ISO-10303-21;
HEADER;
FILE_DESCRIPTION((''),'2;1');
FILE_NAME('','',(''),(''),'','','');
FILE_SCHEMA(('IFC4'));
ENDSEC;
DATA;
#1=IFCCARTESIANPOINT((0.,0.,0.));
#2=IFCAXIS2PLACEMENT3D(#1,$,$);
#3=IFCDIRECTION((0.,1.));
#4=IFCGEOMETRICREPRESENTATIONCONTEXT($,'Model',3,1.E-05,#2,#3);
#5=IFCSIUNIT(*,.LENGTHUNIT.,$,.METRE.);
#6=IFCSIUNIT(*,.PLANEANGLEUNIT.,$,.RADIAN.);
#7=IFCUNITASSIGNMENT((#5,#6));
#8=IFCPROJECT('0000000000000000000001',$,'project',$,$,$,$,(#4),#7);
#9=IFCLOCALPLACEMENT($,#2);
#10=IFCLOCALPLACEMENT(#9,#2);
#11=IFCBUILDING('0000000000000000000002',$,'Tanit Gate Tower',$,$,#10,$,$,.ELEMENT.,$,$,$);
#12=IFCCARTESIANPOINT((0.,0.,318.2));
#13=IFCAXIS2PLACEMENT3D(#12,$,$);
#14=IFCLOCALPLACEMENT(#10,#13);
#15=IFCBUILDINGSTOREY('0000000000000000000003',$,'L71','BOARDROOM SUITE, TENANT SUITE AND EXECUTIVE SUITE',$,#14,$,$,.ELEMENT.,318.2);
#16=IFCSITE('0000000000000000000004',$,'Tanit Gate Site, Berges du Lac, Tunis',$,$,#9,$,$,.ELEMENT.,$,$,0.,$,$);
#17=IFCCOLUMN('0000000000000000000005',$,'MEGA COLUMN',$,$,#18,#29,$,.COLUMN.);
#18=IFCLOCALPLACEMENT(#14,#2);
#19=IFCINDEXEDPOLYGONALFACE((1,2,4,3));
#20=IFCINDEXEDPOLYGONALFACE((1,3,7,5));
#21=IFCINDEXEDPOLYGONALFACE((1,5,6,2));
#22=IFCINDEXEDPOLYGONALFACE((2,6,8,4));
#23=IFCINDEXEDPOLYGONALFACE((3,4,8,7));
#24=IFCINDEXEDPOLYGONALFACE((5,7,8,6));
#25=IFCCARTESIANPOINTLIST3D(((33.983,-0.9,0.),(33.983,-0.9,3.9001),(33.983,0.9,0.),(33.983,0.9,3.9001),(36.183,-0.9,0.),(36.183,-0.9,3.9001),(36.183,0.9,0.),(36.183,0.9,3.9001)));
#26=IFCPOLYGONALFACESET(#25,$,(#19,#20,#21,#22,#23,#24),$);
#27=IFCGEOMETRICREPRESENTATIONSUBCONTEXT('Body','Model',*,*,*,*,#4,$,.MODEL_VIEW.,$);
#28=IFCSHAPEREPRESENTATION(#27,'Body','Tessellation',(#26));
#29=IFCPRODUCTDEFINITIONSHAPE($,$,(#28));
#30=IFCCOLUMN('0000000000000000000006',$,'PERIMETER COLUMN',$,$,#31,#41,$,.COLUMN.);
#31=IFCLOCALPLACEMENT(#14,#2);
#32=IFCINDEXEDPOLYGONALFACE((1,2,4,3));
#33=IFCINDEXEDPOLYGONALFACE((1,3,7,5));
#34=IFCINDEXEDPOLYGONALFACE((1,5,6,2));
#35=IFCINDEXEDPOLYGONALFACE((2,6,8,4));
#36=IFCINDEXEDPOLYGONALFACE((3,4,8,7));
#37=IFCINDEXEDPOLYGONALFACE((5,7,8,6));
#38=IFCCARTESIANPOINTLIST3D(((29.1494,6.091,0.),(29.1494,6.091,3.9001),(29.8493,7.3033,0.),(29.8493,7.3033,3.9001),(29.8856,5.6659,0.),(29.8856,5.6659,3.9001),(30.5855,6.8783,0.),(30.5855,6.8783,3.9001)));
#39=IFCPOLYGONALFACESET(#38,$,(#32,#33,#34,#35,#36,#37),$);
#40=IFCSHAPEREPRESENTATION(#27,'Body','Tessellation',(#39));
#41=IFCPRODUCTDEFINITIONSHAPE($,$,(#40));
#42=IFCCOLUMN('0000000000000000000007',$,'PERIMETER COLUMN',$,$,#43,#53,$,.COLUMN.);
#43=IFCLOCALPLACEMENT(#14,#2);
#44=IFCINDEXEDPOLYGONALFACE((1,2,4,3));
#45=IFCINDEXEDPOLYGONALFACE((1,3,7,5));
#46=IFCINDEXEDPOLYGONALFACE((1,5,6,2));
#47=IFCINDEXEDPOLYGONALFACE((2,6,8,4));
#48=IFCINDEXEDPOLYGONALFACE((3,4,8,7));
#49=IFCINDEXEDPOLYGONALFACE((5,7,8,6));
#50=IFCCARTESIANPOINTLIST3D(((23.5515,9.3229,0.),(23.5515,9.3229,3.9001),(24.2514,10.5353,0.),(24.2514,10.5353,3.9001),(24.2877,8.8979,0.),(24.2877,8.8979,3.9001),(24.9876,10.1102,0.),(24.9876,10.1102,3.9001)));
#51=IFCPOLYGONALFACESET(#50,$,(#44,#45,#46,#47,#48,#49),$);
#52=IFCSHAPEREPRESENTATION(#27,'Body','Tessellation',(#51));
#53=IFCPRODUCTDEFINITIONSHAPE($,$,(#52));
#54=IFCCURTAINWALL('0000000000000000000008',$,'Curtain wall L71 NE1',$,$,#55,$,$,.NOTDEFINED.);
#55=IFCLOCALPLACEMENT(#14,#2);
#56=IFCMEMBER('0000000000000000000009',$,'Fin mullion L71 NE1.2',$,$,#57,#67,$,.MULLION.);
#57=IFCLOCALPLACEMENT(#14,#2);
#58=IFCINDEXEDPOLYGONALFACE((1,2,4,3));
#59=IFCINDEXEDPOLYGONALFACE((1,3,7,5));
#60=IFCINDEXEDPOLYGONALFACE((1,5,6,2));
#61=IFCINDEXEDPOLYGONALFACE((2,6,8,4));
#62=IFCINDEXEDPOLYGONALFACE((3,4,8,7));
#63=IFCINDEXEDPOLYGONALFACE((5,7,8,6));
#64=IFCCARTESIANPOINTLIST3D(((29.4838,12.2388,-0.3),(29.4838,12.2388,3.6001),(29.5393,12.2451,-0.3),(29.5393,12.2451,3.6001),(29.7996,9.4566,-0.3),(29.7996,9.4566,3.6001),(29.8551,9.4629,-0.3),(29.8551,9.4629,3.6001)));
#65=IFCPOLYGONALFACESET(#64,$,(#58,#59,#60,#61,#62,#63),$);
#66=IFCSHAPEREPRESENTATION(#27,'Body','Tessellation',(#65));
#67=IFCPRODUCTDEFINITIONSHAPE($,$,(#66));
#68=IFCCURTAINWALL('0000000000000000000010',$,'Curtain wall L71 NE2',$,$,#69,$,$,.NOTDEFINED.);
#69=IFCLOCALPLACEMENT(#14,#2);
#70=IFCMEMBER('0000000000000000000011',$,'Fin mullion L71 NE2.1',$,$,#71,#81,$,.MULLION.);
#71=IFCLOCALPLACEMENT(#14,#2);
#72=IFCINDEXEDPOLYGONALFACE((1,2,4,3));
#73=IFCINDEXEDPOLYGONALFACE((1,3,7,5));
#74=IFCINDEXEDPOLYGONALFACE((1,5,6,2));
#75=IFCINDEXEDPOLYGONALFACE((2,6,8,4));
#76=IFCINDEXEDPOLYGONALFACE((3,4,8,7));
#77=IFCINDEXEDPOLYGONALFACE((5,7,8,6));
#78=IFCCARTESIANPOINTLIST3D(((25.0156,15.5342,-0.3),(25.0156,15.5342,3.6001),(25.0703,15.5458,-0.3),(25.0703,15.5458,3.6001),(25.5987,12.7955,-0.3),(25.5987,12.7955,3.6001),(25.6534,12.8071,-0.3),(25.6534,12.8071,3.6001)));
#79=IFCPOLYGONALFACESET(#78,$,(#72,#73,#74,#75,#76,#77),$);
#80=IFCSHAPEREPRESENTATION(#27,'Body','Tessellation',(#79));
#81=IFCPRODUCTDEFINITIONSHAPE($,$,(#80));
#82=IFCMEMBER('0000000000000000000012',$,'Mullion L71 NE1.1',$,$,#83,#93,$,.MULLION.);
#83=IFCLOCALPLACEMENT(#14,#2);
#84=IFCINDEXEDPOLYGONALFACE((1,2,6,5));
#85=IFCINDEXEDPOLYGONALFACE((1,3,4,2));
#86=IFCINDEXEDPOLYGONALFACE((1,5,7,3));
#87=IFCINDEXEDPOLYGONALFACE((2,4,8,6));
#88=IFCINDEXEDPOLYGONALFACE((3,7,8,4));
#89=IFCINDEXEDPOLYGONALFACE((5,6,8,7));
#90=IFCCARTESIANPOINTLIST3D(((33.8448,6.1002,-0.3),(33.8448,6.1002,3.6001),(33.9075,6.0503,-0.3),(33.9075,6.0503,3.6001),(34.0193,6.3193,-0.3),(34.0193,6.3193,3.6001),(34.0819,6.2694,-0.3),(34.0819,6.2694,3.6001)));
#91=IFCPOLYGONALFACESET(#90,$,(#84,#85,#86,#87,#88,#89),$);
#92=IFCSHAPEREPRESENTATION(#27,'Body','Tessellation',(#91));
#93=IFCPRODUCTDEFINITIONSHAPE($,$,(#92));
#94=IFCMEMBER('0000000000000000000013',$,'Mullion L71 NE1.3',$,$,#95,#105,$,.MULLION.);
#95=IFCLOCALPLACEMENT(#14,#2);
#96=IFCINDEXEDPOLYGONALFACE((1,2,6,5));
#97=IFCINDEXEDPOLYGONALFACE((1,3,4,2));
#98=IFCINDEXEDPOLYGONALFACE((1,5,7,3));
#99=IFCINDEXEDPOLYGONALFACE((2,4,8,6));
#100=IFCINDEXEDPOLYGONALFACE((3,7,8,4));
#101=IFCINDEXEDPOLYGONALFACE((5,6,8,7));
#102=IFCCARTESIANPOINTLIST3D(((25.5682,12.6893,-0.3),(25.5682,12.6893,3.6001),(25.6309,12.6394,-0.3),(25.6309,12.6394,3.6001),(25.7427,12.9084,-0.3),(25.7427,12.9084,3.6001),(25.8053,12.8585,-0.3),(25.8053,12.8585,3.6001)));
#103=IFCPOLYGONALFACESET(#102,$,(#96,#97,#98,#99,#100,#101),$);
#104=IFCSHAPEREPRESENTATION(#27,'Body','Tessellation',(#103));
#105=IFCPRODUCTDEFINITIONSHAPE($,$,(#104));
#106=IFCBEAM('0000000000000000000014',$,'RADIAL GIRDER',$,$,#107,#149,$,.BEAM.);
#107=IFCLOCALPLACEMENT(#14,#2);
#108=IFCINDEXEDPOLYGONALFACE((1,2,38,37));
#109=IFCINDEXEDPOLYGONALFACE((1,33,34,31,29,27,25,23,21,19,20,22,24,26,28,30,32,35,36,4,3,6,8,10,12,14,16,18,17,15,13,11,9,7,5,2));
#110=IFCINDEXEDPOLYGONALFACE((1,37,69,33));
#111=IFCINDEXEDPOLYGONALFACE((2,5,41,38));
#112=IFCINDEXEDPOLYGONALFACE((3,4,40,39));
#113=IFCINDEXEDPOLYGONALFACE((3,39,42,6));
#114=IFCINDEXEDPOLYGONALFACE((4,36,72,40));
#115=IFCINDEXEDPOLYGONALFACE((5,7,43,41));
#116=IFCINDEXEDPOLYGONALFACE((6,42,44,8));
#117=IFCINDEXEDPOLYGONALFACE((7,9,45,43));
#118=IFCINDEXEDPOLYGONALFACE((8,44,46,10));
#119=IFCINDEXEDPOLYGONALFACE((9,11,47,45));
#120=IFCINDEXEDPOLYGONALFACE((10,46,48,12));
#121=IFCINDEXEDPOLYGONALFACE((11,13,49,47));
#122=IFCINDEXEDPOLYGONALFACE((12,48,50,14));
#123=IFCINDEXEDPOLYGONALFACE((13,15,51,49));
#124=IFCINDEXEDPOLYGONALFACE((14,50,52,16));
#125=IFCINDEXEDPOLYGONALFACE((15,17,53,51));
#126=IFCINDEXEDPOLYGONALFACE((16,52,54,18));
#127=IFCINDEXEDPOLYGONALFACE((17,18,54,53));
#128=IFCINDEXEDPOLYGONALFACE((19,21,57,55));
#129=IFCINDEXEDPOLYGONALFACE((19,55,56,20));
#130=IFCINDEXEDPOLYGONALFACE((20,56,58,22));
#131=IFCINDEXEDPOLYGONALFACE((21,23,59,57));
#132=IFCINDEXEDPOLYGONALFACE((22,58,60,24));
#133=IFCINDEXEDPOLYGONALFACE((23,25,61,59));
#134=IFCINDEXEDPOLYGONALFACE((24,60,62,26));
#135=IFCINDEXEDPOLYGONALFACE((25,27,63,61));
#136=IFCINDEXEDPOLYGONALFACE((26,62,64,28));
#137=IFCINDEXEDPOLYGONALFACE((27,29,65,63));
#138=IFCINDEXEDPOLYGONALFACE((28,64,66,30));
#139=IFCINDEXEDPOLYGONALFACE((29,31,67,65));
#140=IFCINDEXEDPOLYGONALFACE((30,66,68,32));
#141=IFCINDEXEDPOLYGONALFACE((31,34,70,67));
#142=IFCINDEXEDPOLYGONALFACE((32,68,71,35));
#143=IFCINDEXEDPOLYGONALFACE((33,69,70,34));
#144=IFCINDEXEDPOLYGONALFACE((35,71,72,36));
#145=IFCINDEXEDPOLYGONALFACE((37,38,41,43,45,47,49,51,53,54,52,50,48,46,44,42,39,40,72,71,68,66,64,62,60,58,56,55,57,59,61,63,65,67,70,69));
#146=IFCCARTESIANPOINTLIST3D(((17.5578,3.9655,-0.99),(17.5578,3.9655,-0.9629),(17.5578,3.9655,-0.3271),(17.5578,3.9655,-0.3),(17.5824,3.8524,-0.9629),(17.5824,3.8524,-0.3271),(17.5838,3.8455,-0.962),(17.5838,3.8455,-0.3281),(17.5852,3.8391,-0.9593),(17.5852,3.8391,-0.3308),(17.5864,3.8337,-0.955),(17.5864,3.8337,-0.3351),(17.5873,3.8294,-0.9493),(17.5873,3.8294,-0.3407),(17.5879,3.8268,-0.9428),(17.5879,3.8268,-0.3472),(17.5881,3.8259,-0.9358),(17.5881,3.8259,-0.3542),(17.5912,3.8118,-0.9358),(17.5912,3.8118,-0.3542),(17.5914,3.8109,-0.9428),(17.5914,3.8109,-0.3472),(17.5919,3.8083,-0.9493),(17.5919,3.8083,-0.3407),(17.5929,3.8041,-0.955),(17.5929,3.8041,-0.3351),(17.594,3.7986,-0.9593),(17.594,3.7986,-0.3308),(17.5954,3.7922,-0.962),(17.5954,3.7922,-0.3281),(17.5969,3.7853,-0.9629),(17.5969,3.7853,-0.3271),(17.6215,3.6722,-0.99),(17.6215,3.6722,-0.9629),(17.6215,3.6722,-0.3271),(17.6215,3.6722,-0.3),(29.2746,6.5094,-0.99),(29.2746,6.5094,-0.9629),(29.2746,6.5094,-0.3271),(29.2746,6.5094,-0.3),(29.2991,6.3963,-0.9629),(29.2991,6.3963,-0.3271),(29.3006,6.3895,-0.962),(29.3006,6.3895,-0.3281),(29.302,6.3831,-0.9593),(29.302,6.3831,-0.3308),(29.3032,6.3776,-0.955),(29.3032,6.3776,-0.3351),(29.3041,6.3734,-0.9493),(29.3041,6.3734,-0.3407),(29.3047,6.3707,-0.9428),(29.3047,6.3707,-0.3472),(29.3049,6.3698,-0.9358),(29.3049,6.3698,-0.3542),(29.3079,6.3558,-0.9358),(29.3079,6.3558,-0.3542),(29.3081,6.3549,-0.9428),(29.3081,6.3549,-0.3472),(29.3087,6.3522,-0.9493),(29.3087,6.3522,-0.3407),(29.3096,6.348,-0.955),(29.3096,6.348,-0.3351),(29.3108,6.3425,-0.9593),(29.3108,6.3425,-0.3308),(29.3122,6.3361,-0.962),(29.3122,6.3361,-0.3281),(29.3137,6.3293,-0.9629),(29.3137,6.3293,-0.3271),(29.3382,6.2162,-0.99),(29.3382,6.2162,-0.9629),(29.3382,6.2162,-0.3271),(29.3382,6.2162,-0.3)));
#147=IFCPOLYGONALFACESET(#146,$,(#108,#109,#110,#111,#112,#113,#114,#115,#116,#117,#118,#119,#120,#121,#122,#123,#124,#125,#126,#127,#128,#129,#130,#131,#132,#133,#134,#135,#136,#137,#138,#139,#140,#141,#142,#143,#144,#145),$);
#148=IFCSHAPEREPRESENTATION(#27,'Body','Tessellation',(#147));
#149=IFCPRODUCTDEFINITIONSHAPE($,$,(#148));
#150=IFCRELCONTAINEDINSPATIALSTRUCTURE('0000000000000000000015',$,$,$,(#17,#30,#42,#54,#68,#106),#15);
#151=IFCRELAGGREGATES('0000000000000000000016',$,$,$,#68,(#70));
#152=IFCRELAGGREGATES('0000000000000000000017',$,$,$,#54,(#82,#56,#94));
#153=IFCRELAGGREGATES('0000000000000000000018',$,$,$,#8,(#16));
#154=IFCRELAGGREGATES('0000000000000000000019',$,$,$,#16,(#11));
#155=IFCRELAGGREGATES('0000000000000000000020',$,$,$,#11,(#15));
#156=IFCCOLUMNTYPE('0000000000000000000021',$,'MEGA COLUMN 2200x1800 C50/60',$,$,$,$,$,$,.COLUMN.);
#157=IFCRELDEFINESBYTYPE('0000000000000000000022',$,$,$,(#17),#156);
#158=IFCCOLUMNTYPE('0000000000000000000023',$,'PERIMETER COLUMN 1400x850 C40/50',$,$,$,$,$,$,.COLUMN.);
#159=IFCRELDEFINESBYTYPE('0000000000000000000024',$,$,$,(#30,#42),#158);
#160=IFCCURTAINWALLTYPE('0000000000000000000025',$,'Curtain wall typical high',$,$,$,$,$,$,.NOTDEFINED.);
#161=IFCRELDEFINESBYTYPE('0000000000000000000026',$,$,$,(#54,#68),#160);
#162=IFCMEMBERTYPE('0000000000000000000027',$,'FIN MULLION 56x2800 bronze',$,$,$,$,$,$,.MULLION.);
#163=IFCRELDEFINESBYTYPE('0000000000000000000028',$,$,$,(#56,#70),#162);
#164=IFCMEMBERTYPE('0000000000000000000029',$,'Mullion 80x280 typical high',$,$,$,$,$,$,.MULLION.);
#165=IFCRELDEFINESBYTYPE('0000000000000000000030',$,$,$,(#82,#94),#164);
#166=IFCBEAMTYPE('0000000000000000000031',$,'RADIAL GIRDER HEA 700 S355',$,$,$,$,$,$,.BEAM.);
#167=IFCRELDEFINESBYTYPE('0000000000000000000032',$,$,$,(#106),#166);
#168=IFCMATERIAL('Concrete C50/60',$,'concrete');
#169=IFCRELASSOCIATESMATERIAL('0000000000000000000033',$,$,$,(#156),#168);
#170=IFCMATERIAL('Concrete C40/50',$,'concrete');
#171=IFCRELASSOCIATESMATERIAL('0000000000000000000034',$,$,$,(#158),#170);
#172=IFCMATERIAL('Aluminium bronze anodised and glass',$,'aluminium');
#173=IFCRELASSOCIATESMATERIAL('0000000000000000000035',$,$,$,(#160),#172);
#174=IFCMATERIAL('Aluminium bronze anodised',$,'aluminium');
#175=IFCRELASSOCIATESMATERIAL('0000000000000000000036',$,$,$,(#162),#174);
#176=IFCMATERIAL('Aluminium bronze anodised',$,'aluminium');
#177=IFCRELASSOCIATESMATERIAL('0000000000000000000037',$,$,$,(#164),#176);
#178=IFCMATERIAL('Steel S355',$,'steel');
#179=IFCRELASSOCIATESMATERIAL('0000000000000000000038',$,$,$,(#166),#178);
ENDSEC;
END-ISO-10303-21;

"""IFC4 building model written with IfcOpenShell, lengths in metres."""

from ifc_helpers import new_model, si_unit, direction, frame, origin, origin_2d, place, context, subcontext, project, spatial, rectangle, i_section, extrude, material, material_profile, profile_set, type_object, element, aggregate, save


model = new_model("IFC4")

# Units and contexts
model_context = context("Model", 3, precision=1e-05, world=origin(), true_north=direction((0.0, 1.0)))
body_context = subcontext(model_context, "Body", "Model", "MODEL_VIEW")
ifc_project = project(units=[si_unit("LENGTHUNIT", "METRE"), si_unit("PLANEANGLEUNIT", "RADIAN")], contexts=[model_context])

# Site, building, storey
site_placement = place(None, origin())
site = spatial("IfcSite", under=ifc_project, at=site_placement, Name="Tanit Gate Site, Berges du Lac, Tunis", CompositionType="ELEMENT", RefElevation=0.0)
building_placement = place(site_placement, origin())
building = spatial("IfcBuilding", under=site, at=building_placement, Name="Tanit Gate Tower", CompositionType="ELEMENT")
storey_placement = place(building_placement, frame((0.0, 0.0, 318.2)))
storey = spatial("IfcBuildingStorey", under=building, at=storey_placement, Name="L71", Description="BOARDROOM SUITE, TENANT SUITE AND EXECUTIVE SUITE", CompositionType="ELEMENT", Elevation=318.2)

# Columns
ifc_material_1 = material(Name="Concrete C50/60", Category="concrete")
ifc_material_profile_1 = material_profile(ifc_material_1, rectangle(XDim=2.2, YDim=1.8, at=origin_2d()), Name="RC 2200x1800")
ifc_profile_set_1 = profile_set([ifc_material_profile_1], Name="Concrete C50/60")
column_type_1 = type_object("IfcColumnType", Name="MEGA COLUMN 2200x1800 C50/60", PredefinedType="COLUMN", material=ifc_profile_set_1)
column_placement = place(storey_placement, frame((35.083, 0.0, 0.0), z_axis=(0.0, 0.0, 1.0), x_axis=(1.0, 0.0, 0.0)))
element("IfcColumn", 1, at=column_placement, inside=storey, type_object=column_type_1, Name="MEGA COLUMN", PredefinedType="COLUMN", context=body_context, shape_type="SweptSolid", body=[
    extrude(rectangle(XDim=2.2, YDim=1.8, at=origin_2d()), origin(), (0.0, 0.0, 1.0), 3.9001),
])
ifc_material_2 = material(Name="Concrete C40/50", Category="concrete")
ifc_material_profile_2 = material_profile(ifc_material_2, rectangle(XDim=1.3999, YDim=0.8501, at=origin_2d()), Name="RC 1400x850")
ifc_profile_set_2 = profile_set([ifc_material_profile_2], Name="Concrete C40/50")
column_type_2 = type_object("IfcColumnType", Name="PERIMETER COLUMN 1400x850 C40/50", PredefinedType="COLUMN", material=ifc_profile_set_2)
for number, where, z_axis, x_axis, name in (
    (2, (29.8674, 6.4846, 0.0), (0.0, 0.0, 1.0), (0.5, 0.866025, 0.0), "PERIMETER COLUMN"),
    (3, (24.2695, 9.7166, 0.0), (0.0, 0.0, 1.0), (0.5, 0.866025, 0.0), "PERIMETER COLUMN"),
):
    element("IfcColumn", number, at=place(storey_placement, frame(where, z_axis=z_axis, x_axis=x_axis)), inside=storey, type_object=column_type_2, Name=name, PredefinedType="COLUMN", context=body_context, shape_type="SweptSolid", body=[
        extrude(rectangle(XDim=1.3999, YDim=0.8501, at=origin_2d()), origin(), (0.0, 0.0, 1.0), 3.9001),
    ])

# Curtain walls, members
ifc_material_3 = material(Name="Aluminium bronze anodised and glass", Category="aluminium")
curtain_wall_type = type_object("IfcCurtainWallType", Name="Curtain wall typical high", PredefinedType="NOTDEFINED", material=ifc_material_3)
curtain_wall_1_placement = place(storey_placement, origin())
curtain_wall_1 = element("IfcCurtainWall", 4, at=curtain_wall_1_placement, inside=storey, type_object=curtain_wall_type, Name="Curtain wall L71 NE1", PredefinedType="NOTDEFINED")
ifc_material_4 = material(Name="Aluminium bronze anodised", Category="aluminium")
ifc_material_profile_3 = material_profile(ifc_material_4, rectangle(XDim=2.8, YDim=0.0559, at=origin_2d()), Name="56x2800 bronze fin mullion")
ifc_profile_set_3 = profile_set([ifc_material_profile_3], Name="Aluminium bronze anodised")
member_type_1 = type_object("IfcMemberType", Name="FIN MULLION 56x2800 bronze", PredefinedType="MULLION", material=ifc_profile_set_3)
member_1_placement = place(storey_placement, frame((29.6694, 10.8508, -0.3), z_axis=(0.0, 0.0, 1.0), x_axis=(0.112782, -0.99362, 0.0)))
member_1 = element("IfcMember", 5, at=member_1_placement, type_object=member_type_1, Name="Fin mullion L71 NE1.2", PredefinedType="MULLION", context=body_context, shape_type="SweptSolid", body=[
    extrude(rectangle(XDim=2.8, YDim=0.0559, at=origin_2d()), origin(), (0.0, 0.0, 1.0), 3.9001),
])
curtain_wall_2_placement = place(storey_placement, origin())
curtain_wall_2 = element("IfcCurtainWall", 6, at=curtain_wall_2_placement, inside=storey, type_object=curtain_wall_type, Name="Curtain wall L71 NE2", PredefinedType="NOTDEFINED")
member_2_placement = place(storey_placement, frame((25.3345, 14.1707, -0.3), z_axis=(0.0, 0.0, 1.0), x_axis=(0.208238, -0.978078, 0.0)))
member_2 = element("IfcMember", 7, at=member_2_placement, type_object=member_type_1, Name="Fin mullion L71 NE2.1", PredefinedType="MULLION", context=body_context, shape_type="SweptSolid", body=[
    extrude(rectangle(XDim=2.8, YDim=0.0559, at=origin_2d()), origin(), (0.0, 0.0, 1.0), 3.9001),
])

# Members
ifc_material_5 = material(Name="Aluminium bronze anodised", Category="aluminium")
ifc_material_profile_4 = material_profile(ifc_material_5, rectangle(XDim=0.28, YDim=0.0801, at=origin_2d()), Name="80x280 bronze mullion")
ifc_profile_set_4 = profile_set([ifc_material_profile_4], Name="Aluminium bronze anodised")
member_type_2 = type_object("IfcMemberType", Name="Mullion 80x280 typical high", PredefinedType="MULLION", material=ifc_profile_set_4)
member_3_placement = place(storey_placement, frame((33.9634, 6.1848, -0.3), z_axis=(0.0, 0.0, 1.0), x_axis=(-0.622847, -0.782344, 0.0)))
member_3 = element("IfcMember", 8, at=member_3_placement, type_object=member_type_2, Name="Mullion L71 NE1.1", PredefinedType="MULLION", context=body_context, shape_type="SweptSolid", body=[
    extrude(rectangle(XDim=0.28, YDim=0.0801, at=origin_2d()), origin(), (0.0, 0.0, 1.0), 3.9001),
])
member_4_placement = place(storey_placement, frame((25.6868, 12.7739, -0.3), z_axis=(0.0, 0.0, 1.0), x_axis=(-0.622847, -0.782344, 0.0)))
member_4 = element("IfcMember", 9, at=member_4_placement, type_object=member_type_2, Name="Mullion L71 NE1.3", PredefinedType="MULLION", context=body_context, shape_type="SweptSolid", body=[
    extrude(rectangle(XDim=0.28, YDim=0.0801, at=origin_2d()), origin(), (0.0, 0.0, 1.0), 3.9001),
])

# Beam
ifc_material_6 = material(Name="Steel S355", Category="steel")
ifc_material_profile_5 = material_profile(ifc_material_6, i_section(OverallWidth=0.3, OverallDepth=0.6899, WebThickness=0.0144, FlangeThickness=0.0271, FilletRadius=0.0271, at=origin_2d()), Name="HEA 700")
ifc_profile_set_5 = profile_set([ifc_material_profile_5], Name="Steel S355")
beam_type_1 = type_object("IfcBeamType", Name="RADIAL GIRDER HEA 700 S355", PredefinedType="BEAM", material=ifc_profile_set_5)
beam_1_placement = place(storey_placement, frame((29.3064, 6.3628, -0.645), z_axis=(-0.977231, -0.212176, 0.0), x_axis=(0.212176, -0.977231, 0.0)))
element("IfcBeam", 10, at=beam_1_placement, inside=storey, type_object=beam_type_1, Name="RADIAL GIRDER", PredefinedType="BEAM", context=body_context, shape_type="SweptSolid", body=[
    extrude(i_section(OverallWidth=0.3, OverallDepth=0.6899, WebThickness=0.0144, FlangeThickness=0.0271, FilletRadius=0.0271, at=origin_2d()), origin(), (0.0, 0.0, 1.0), 11.9897),
])

aggregate(curtain_wall_2, [member_2])

aggregate(curtain_wall_1, [member_3, member_1, member_4])

save(model, "model.ifc")
